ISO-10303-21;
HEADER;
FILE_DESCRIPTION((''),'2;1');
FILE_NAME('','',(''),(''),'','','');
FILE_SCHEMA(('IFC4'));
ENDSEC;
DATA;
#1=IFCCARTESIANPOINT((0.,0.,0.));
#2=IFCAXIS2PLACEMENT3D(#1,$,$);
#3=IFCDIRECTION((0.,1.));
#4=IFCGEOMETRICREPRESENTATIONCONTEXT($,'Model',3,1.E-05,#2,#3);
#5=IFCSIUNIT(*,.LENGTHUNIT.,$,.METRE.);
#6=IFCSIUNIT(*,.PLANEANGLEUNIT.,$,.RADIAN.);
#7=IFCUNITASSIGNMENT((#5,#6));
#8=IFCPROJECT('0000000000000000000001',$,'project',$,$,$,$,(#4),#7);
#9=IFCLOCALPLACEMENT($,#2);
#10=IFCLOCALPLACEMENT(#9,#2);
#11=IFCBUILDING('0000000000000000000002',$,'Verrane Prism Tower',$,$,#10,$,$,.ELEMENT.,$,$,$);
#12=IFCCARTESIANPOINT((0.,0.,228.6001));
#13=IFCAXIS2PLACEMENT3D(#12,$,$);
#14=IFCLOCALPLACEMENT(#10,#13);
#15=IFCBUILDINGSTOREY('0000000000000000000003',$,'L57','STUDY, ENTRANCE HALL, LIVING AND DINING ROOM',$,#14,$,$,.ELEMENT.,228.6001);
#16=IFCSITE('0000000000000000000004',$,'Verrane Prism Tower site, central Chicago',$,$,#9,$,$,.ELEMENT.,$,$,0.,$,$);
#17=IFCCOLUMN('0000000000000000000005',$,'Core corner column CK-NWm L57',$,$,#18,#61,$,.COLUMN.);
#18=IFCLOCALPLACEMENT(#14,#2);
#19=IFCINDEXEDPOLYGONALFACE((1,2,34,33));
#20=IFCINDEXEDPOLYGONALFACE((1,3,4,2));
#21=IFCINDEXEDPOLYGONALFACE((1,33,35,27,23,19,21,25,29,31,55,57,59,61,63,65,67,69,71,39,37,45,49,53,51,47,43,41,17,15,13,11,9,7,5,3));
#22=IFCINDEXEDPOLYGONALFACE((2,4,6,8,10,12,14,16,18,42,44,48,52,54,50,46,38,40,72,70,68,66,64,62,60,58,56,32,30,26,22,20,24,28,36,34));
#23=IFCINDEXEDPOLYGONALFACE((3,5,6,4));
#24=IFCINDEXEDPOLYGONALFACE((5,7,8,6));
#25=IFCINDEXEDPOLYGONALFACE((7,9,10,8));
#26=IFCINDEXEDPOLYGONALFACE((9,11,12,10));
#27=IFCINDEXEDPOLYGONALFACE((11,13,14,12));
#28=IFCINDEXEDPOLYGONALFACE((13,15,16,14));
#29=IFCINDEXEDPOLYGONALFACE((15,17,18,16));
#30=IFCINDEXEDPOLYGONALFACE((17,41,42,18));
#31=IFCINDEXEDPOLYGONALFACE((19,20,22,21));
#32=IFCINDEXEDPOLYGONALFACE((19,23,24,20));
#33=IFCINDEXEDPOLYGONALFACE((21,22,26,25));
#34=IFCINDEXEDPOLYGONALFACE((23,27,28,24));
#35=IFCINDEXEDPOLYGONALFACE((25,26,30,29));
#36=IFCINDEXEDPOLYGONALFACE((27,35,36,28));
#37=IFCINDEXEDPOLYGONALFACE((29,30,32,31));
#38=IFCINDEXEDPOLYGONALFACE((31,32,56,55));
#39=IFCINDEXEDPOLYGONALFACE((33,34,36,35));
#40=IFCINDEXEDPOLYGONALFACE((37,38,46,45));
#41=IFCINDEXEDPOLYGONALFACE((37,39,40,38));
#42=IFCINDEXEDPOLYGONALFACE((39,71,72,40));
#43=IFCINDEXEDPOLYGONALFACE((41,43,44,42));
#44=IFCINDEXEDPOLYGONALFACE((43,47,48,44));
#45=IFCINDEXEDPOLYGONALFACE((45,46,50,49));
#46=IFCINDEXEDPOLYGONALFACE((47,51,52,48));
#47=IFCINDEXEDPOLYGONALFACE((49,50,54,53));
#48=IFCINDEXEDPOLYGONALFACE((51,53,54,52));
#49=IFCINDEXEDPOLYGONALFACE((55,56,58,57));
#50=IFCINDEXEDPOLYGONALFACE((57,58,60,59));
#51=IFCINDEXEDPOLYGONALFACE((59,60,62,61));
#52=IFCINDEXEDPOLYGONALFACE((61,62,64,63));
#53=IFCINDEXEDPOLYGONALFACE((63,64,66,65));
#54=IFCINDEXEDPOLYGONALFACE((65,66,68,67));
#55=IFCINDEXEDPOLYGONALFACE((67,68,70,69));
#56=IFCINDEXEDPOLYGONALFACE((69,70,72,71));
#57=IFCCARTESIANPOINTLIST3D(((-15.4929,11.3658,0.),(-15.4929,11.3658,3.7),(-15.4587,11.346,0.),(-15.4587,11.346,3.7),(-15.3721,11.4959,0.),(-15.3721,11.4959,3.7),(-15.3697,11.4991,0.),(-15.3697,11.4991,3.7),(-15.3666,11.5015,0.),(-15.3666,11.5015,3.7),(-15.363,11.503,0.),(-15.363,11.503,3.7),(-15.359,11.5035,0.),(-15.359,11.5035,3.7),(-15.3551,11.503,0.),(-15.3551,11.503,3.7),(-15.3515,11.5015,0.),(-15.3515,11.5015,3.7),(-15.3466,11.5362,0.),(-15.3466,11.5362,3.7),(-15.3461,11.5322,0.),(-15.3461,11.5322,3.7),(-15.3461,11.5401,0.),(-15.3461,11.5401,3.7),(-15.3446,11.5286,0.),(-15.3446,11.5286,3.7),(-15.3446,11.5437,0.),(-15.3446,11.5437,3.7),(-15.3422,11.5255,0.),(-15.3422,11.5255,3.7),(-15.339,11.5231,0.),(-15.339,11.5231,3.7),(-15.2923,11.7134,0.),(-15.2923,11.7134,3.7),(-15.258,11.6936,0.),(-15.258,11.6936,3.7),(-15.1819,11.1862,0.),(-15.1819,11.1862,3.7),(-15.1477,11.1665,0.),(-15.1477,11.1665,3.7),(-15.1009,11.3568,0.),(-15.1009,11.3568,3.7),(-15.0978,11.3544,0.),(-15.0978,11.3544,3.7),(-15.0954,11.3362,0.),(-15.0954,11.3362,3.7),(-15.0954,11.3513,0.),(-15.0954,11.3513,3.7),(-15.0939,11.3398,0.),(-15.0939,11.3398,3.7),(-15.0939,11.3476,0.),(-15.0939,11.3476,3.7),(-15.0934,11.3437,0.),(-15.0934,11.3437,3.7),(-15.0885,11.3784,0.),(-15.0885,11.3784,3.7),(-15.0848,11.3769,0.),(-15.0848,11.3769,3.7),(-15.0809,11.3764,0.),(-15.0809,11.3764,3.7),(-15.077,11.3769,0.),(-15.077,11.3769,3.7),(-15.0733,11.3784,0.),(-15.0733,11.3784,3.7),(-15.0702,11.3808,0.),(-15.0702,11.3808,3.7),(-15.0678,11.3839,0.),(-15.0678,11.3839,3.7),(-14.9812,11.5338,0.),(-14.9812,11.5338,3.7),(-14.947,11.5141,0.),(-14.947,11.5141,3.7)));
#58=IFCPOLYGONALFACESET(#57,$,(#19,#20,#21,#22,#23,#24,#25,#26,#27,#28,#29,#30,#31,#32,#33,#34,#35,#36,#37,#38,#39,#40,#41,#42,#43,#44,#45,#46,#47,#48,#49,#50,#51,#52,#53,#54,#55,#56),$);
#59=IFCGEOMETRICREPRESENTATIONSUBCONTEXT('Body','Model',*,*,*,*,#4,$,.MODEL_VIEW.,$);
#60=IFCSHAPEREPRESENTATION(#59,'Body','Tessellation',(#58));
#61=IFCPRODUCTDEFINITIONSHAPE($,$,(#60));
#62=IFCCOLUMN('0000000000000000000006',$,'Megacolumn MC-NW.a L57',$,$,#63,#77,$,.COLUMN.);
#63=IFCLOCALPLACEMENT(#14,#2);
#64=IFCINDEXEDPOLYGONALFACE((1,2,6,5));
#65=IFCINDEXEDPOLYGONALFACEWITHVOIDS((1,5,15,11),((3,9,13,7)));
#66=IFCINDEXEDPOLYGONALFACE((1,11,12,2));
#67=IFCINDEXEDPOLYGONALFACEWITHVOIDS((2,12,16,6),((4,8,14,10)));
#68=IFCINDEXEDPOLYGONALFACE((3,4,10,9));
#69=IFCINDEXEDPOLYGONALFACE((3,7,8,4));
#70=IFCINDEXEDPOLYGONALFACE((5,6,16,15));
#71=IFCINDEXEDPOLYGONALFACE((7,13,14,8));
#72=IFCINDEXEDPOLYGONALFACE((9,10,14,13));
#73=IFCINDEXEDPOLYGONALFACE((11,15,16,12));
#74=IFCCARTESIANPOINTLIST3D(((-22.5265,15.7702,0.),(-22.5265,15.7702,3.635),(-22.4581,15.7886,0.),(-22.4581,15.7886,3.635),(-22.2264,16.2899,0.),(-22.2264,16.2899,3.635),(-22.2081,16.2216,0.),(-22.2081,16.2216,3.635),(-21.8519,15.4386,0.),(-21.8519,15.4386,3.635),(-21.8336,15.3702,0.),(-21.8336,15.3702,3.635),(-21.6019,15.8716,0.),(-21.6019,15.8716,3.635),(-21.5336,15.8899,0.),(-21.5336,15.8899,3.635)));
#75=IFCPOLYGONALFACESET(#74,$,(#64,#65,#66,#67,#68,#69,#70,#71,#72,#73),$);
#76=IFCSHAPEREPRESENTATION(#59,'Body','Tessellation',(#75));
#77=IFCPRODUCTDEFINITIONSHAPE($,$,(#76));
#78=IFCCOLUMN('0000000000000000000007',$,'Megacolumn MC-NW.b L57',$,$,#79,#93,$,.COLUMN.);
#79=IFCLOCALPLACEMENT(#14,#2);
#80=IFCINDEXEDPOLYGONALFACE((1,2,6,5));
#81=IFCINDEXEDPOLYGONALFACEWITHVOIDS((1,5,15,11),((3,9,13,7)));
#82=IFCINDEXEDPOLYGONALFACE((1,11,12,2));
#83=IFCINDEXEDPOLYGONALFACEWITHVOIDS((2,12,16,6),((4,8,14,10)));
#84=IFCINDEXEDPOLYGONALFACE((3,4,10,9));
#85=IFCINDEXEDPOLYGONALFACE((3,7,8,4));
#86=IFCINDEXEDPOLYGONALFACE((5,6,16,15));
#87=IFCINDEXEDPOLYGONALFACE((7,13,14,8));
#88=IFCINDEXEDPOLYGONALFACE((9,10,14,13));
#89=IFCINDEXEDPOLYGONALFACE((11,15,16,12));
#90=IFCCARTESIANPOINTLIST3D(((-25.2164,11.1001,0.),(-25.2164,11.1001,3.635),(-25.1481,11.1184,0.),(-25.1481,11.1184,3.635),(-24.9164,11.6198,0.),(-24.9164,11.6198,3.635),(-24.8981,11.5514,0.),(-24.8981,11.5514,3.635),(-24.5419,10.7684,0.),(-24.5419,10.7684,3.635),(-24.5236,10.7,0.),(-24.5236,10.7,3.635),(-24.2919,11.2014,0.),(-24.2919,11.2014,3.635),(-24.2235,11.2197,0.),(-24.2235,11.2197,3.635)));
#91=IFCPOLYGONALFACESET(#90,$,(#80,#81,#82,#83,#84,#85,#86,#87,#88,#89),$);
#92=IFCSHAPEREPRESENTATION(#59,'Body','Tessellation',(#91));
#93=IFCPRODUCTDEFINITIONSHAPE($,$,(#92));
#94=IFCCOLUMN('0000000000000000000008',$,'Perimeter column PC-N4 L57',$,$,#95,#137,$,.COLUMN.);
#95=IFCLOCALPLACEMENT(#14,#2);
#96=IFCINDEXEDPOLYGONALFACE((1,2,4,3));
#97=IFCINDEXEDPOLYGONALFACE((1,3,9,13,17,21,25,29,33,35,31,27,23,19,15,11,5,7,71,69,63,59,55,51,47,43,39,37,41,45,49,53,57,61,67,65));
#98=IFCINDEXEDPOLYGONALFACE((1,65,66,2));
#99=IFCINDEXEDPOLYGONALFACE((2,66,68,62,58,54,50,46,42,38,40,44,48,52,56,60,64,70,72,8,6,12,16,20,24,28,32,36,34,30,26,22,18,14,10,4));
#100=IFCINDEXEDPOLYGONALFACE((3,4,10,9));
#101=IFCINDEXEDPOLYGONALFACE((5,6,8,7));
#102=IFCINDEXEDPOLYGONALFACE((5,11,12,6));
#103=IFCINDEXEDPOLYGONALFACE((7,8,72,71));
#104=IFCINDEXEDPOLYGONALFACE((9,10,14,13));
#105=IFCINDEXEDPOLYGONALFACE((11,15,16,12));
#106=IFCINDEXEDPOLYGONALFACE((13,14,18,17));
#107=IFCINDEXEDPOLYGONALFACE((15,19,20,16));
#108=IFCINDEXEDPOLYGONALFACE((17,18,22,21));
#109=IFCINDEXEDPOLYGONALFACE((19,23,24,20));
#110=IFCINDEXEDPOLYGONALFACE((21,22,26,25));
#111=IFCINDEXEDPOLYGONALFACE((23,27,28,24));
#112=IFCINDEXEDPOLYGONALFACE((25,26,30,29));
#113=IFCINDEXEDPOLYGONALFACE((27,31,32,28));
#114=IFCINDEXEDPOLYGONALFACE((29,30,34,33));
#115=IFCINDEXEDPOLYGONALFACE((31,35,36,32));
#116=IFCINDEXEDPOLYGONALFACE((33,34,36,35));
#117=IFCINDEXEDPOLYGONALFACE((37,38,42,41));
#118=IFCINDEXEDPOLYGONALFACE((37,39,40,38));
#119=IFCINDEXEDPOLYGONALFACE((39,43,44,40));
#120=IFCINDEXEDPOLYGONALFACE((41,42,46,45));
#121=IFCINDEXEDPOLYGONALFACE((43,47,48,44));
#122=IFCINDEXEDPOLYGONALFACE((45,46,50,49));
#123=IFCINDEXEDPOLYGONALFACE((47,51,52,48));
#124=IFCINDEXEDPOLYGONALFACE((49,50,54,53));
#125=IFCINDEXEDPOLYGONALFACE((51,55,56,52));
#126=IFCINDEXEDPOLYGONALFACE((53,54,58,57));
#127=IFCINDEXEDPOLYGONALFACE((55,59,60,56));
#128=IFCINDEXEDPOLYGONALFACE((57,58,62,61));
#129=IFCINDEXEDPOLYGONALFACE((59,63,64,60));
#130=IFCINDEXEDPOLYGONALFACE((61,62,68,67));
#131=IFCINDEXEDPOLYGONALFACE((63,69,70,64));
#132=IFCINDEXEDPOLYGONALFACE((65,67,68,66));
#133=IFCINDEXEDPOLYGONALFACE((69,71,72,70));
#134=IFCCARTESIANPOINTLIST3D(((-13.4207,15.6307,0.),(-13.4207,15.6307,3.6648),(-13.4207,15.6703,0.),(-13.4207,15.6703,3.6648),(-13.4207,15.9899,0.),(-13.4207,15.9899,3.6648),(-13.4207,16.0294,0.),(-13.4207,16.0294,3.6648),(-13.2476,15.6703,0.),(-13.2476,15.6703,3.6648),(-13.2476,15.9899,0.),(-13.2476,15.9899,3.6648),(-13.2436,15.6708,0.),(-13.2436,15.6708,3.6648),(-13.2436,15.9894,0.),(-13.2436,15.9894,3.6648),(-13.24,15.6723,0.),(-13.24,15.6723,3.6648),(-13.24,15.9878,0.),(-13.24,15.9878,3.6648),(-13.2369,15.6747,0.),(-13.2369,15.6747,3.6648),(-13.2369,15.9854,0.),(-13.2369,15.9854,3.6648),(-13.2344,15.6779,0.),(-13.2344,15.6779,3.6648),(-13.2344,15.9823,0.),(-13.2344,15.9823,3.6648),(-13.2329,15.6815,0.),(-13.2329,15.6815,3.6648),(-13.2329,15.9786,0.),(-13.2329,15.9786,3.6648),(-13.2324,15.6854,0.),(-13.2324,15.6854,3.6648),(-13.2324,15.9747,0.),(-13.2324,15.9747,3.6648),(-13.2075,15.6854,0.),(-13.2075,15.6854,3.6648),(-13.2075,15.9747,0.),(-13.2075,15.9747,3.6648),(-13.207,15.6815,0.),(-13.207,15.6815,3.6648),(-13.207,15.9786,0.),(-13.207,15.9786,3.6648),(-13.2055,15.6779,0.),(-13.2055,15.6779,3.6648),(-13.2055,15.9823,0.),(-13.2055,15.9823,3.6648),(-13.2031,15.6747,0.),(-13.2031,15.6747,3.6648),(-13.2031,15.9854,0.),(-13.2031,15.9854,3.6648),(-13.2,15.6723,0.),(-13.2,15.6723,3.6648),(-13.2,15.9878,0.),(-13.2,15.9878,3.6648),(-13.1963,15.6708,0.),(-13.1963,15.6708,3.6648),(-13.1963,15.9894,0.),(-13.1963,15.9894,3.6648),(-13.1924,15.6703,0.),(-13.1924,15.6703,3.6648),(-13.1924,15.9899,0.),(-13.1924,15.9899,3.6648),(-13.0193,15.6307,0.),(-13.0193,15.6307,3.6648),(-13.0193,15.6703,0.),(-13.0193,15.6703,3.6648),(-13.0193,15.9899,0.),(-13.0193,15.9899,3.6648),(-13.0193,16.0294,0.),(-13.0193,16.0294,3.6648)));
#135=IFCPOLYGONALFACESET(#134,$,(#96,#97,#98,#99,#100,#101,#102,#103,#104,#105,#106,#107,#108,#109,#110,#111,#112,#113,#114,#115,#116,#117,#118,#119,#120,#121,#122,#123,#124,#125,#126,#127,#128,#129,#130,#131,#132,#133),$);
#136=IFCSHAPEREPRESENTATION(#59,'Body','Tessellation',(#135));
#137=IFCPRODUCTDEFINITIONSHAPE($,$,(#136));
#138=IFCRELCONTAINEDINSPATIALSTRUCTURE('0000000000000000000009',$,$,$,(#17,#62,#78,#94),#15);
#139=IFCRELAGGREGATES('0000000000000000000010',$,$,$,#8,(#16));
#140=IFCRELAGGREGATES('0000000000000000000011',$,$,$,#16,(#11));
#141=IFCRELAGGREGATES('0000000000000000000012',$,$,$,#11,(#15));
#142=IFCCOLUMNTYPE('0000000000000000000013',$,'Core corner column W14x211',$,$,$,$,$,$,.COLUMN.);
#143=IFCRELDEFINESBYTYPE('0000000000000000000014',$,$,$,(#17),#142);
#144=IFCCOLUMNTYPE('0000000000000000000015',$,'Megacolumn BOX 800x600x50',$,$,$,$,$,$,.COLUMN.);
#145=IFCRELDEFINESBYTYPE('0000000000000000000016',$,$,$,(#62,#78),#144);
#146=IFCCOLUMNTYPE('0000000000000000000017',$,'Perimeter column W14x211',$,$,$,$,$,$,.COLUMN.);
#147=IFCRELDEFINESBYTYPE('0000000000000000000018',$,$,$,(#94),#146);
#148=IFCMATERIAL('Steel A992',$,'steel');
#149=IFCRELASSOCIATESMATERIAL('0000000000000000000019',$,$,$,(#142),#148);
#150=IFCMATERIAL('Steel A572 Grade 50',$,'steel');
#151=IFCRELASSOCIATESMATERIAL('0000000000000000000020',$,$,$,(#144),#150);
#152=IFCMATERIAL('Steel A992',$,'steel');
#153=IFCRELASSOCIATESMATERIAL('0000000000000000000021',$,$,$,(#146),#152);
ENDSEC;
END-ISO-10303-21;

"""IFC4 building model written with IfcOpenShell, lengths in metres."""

from ifc_helpers import new_model, si_unit, direction, frame, origin, origin_2d, place, context, subcontext, project, spatial, hollow_rectangle, i_section, extrude, material, material_profile, profile_set, type_object, element, save


model = new_model("IFC4")

# Units and contexts
model_context = context("Model", 3, precision=1e-05, world=origin(), true_north=direction((0.0, 1.0)))
body_context = subcontext(model_context, "Body", "Model", "MODEL_VIEW")
ifc_project = project(units=[si_unit("LENGTHUNIT", "METRE"), si_unit("PLANEANGLEUNIT", "RADIAN")], contexts=[model_context])

# Site, building, storey
site_placement = place(None, origin())
site = spatial("IfcSite", under=ifc_project, at=site_placement, Name="Verrane Prism Tower site, central Chicago", CompositionType="ELEMENT", RefElevation=0.0)
building_placement = place(site_placement, origin())
building = spatial("IfcBuilding", under=site, at=building_placement, Name="Verrane Prism Tower", CompositionType="ELEMENT")
storey_placement = place(building_placement, frame((0.0, 0.0, 228.6001)))
storey = spatial("IfcBuildingStorey", under=building, at=storey_placement, Name="L57", Description="STUDY, ENTRANCE HALL, LIVING AND DINING ROOM", CompositionType="ELEMENT", Elevation=228.6001)

# Columns
ifc_material_1 = material(Name="Steel A992", Category="steel")
ifc_material_profile_1 = material_profile(ifc_material_1, i_section(OverallWidth=0.4014, OverallDepth=0.3987, WebThickness=0.0249, FlangeThickness=0.0396, FilletRadius=0.0151, at=origin_2d()), Name="W14x211")
ifc_profile_set_1 = profile_set([ifc_material_profile_1], Name="Steel A992")
column_type_1 = type_object("IfcColumnType", Name="Core corner column W14x211", PredefinedType="COLUMN", material=ifc_profile_set_1)
column_1_placement = place(storey_placement, frame((-15.22, 11.4399, 0.0), z_axis=(0.0, 0.0, 1.0), x_axis=(0.5, 0.866025, 0.0)))
element("IfcColumn", 1, at=column_1_placement, inside=storey, type_object=column_type_1, Name="Core corner column CK-NWm L57", PredefinedType="COLUMN", context=body_context, shape_type="SweptSolid", body=[
    extrude(i_section(OverallWidth=0.4014, OverallDepth=0.3987, WebThickness=0.0249, FlangeThickness=0.0396, FilletRadius=0.0151, at=origin_2d()), origin(), (0.0, 0.0, 1.0), 3.7),
])
ifc_material_2 = material(Name="Steel A572 Grade 50", Category="steel")
ifc_material_profile_2 = material_profile(ifc_material_2, hollow_rectangle(XDim=0.6001, YDim=0.8, WallThickness=0.05, at=origin_2d()), Name="BOX 800x600x50")
ifc_profile_set_2 = profile_set([ifc_material_profile_2], Name="Steel A572 Grade 50")
column_type_2 = type_object("IfcColumnType", Name="Megacolumn BOX 800x600x50", PredefinedType="COLUMN", material=ifc_profile_set_2)
for number, where, z_axis, x_axis, name in (
    (2, (-22.03, 15.8301, 0.0), (0.0, 0.0, 1.0), (0.5, 0.866025, 0.0), "Megacolumn MC-NW.a L57"),
    (3, (-24.72, 11.1599, 0.0), (0.0, 0.0, 1.0), (0.5, 0.866025, 0.0), "Megacolumn MC-NW.b L57"),
):
    element("IfcColumn", number, at=place(storey_placement, frame(where, z_axis=z_axis, x_axis=x_axis)), inside=storey, type_object=column_type_2, Name=name, PredefinedType="COLUMN", context=body_context, shape_type="SweptSolid", body=[
        extrude(hollow_rectangle(XDim=0.6001, YDim=0.8, WallThickness=0.05, at=origin_2d()), origin(), (0.0, 0.0, 1.0), 3.635),
    ])
ifc_material_3 = material(Name="Steel A992", Category="steel")
ifc_material_profile_3 = material_profile(ifc_material_3, i_section(OverallWidth=0.4014, OverallDepth=0.3987, WebThickness=0.0249, FlangeThickness=0.0396, FilletRadius=0.0151, at=origin_2d()), Name="W14x211")
ifc_profile_set_3 = profile_set([ifc_material_profile_3], Name="Steel A992")
column_type_3 = type_object("IfcColumnType", Name="Perimeter column W14x211", PredefinedType="COLUMN", material=ifc_profile_set_3)
column_2_placement = place(storey_placement, frame((-13.22, 15.8301, 0.0), z_axis=(0.0, 0.0, 1.0), x_axis=(1.0, 0.0, 0.0)))
element("IfcColumn", 4, at=column_2_placement, inside=storey, type_object=column_type_3, Name="Perimeter column PC-N4 L57", PredefinedType="COLUMN", context=body_context, shape_type="SweptSolid", body=[
    extrude(i_section(OverallWidth=0.4014, OverallDepth=0.3987, WebThickness=0.0249, FlangeThickness=0.0396, FilletRadius=0.0151, at=origin_2d()), origin(), (0.0, 0.0, 1.0), 3.6648),
])

save(model, "model.ifc")
